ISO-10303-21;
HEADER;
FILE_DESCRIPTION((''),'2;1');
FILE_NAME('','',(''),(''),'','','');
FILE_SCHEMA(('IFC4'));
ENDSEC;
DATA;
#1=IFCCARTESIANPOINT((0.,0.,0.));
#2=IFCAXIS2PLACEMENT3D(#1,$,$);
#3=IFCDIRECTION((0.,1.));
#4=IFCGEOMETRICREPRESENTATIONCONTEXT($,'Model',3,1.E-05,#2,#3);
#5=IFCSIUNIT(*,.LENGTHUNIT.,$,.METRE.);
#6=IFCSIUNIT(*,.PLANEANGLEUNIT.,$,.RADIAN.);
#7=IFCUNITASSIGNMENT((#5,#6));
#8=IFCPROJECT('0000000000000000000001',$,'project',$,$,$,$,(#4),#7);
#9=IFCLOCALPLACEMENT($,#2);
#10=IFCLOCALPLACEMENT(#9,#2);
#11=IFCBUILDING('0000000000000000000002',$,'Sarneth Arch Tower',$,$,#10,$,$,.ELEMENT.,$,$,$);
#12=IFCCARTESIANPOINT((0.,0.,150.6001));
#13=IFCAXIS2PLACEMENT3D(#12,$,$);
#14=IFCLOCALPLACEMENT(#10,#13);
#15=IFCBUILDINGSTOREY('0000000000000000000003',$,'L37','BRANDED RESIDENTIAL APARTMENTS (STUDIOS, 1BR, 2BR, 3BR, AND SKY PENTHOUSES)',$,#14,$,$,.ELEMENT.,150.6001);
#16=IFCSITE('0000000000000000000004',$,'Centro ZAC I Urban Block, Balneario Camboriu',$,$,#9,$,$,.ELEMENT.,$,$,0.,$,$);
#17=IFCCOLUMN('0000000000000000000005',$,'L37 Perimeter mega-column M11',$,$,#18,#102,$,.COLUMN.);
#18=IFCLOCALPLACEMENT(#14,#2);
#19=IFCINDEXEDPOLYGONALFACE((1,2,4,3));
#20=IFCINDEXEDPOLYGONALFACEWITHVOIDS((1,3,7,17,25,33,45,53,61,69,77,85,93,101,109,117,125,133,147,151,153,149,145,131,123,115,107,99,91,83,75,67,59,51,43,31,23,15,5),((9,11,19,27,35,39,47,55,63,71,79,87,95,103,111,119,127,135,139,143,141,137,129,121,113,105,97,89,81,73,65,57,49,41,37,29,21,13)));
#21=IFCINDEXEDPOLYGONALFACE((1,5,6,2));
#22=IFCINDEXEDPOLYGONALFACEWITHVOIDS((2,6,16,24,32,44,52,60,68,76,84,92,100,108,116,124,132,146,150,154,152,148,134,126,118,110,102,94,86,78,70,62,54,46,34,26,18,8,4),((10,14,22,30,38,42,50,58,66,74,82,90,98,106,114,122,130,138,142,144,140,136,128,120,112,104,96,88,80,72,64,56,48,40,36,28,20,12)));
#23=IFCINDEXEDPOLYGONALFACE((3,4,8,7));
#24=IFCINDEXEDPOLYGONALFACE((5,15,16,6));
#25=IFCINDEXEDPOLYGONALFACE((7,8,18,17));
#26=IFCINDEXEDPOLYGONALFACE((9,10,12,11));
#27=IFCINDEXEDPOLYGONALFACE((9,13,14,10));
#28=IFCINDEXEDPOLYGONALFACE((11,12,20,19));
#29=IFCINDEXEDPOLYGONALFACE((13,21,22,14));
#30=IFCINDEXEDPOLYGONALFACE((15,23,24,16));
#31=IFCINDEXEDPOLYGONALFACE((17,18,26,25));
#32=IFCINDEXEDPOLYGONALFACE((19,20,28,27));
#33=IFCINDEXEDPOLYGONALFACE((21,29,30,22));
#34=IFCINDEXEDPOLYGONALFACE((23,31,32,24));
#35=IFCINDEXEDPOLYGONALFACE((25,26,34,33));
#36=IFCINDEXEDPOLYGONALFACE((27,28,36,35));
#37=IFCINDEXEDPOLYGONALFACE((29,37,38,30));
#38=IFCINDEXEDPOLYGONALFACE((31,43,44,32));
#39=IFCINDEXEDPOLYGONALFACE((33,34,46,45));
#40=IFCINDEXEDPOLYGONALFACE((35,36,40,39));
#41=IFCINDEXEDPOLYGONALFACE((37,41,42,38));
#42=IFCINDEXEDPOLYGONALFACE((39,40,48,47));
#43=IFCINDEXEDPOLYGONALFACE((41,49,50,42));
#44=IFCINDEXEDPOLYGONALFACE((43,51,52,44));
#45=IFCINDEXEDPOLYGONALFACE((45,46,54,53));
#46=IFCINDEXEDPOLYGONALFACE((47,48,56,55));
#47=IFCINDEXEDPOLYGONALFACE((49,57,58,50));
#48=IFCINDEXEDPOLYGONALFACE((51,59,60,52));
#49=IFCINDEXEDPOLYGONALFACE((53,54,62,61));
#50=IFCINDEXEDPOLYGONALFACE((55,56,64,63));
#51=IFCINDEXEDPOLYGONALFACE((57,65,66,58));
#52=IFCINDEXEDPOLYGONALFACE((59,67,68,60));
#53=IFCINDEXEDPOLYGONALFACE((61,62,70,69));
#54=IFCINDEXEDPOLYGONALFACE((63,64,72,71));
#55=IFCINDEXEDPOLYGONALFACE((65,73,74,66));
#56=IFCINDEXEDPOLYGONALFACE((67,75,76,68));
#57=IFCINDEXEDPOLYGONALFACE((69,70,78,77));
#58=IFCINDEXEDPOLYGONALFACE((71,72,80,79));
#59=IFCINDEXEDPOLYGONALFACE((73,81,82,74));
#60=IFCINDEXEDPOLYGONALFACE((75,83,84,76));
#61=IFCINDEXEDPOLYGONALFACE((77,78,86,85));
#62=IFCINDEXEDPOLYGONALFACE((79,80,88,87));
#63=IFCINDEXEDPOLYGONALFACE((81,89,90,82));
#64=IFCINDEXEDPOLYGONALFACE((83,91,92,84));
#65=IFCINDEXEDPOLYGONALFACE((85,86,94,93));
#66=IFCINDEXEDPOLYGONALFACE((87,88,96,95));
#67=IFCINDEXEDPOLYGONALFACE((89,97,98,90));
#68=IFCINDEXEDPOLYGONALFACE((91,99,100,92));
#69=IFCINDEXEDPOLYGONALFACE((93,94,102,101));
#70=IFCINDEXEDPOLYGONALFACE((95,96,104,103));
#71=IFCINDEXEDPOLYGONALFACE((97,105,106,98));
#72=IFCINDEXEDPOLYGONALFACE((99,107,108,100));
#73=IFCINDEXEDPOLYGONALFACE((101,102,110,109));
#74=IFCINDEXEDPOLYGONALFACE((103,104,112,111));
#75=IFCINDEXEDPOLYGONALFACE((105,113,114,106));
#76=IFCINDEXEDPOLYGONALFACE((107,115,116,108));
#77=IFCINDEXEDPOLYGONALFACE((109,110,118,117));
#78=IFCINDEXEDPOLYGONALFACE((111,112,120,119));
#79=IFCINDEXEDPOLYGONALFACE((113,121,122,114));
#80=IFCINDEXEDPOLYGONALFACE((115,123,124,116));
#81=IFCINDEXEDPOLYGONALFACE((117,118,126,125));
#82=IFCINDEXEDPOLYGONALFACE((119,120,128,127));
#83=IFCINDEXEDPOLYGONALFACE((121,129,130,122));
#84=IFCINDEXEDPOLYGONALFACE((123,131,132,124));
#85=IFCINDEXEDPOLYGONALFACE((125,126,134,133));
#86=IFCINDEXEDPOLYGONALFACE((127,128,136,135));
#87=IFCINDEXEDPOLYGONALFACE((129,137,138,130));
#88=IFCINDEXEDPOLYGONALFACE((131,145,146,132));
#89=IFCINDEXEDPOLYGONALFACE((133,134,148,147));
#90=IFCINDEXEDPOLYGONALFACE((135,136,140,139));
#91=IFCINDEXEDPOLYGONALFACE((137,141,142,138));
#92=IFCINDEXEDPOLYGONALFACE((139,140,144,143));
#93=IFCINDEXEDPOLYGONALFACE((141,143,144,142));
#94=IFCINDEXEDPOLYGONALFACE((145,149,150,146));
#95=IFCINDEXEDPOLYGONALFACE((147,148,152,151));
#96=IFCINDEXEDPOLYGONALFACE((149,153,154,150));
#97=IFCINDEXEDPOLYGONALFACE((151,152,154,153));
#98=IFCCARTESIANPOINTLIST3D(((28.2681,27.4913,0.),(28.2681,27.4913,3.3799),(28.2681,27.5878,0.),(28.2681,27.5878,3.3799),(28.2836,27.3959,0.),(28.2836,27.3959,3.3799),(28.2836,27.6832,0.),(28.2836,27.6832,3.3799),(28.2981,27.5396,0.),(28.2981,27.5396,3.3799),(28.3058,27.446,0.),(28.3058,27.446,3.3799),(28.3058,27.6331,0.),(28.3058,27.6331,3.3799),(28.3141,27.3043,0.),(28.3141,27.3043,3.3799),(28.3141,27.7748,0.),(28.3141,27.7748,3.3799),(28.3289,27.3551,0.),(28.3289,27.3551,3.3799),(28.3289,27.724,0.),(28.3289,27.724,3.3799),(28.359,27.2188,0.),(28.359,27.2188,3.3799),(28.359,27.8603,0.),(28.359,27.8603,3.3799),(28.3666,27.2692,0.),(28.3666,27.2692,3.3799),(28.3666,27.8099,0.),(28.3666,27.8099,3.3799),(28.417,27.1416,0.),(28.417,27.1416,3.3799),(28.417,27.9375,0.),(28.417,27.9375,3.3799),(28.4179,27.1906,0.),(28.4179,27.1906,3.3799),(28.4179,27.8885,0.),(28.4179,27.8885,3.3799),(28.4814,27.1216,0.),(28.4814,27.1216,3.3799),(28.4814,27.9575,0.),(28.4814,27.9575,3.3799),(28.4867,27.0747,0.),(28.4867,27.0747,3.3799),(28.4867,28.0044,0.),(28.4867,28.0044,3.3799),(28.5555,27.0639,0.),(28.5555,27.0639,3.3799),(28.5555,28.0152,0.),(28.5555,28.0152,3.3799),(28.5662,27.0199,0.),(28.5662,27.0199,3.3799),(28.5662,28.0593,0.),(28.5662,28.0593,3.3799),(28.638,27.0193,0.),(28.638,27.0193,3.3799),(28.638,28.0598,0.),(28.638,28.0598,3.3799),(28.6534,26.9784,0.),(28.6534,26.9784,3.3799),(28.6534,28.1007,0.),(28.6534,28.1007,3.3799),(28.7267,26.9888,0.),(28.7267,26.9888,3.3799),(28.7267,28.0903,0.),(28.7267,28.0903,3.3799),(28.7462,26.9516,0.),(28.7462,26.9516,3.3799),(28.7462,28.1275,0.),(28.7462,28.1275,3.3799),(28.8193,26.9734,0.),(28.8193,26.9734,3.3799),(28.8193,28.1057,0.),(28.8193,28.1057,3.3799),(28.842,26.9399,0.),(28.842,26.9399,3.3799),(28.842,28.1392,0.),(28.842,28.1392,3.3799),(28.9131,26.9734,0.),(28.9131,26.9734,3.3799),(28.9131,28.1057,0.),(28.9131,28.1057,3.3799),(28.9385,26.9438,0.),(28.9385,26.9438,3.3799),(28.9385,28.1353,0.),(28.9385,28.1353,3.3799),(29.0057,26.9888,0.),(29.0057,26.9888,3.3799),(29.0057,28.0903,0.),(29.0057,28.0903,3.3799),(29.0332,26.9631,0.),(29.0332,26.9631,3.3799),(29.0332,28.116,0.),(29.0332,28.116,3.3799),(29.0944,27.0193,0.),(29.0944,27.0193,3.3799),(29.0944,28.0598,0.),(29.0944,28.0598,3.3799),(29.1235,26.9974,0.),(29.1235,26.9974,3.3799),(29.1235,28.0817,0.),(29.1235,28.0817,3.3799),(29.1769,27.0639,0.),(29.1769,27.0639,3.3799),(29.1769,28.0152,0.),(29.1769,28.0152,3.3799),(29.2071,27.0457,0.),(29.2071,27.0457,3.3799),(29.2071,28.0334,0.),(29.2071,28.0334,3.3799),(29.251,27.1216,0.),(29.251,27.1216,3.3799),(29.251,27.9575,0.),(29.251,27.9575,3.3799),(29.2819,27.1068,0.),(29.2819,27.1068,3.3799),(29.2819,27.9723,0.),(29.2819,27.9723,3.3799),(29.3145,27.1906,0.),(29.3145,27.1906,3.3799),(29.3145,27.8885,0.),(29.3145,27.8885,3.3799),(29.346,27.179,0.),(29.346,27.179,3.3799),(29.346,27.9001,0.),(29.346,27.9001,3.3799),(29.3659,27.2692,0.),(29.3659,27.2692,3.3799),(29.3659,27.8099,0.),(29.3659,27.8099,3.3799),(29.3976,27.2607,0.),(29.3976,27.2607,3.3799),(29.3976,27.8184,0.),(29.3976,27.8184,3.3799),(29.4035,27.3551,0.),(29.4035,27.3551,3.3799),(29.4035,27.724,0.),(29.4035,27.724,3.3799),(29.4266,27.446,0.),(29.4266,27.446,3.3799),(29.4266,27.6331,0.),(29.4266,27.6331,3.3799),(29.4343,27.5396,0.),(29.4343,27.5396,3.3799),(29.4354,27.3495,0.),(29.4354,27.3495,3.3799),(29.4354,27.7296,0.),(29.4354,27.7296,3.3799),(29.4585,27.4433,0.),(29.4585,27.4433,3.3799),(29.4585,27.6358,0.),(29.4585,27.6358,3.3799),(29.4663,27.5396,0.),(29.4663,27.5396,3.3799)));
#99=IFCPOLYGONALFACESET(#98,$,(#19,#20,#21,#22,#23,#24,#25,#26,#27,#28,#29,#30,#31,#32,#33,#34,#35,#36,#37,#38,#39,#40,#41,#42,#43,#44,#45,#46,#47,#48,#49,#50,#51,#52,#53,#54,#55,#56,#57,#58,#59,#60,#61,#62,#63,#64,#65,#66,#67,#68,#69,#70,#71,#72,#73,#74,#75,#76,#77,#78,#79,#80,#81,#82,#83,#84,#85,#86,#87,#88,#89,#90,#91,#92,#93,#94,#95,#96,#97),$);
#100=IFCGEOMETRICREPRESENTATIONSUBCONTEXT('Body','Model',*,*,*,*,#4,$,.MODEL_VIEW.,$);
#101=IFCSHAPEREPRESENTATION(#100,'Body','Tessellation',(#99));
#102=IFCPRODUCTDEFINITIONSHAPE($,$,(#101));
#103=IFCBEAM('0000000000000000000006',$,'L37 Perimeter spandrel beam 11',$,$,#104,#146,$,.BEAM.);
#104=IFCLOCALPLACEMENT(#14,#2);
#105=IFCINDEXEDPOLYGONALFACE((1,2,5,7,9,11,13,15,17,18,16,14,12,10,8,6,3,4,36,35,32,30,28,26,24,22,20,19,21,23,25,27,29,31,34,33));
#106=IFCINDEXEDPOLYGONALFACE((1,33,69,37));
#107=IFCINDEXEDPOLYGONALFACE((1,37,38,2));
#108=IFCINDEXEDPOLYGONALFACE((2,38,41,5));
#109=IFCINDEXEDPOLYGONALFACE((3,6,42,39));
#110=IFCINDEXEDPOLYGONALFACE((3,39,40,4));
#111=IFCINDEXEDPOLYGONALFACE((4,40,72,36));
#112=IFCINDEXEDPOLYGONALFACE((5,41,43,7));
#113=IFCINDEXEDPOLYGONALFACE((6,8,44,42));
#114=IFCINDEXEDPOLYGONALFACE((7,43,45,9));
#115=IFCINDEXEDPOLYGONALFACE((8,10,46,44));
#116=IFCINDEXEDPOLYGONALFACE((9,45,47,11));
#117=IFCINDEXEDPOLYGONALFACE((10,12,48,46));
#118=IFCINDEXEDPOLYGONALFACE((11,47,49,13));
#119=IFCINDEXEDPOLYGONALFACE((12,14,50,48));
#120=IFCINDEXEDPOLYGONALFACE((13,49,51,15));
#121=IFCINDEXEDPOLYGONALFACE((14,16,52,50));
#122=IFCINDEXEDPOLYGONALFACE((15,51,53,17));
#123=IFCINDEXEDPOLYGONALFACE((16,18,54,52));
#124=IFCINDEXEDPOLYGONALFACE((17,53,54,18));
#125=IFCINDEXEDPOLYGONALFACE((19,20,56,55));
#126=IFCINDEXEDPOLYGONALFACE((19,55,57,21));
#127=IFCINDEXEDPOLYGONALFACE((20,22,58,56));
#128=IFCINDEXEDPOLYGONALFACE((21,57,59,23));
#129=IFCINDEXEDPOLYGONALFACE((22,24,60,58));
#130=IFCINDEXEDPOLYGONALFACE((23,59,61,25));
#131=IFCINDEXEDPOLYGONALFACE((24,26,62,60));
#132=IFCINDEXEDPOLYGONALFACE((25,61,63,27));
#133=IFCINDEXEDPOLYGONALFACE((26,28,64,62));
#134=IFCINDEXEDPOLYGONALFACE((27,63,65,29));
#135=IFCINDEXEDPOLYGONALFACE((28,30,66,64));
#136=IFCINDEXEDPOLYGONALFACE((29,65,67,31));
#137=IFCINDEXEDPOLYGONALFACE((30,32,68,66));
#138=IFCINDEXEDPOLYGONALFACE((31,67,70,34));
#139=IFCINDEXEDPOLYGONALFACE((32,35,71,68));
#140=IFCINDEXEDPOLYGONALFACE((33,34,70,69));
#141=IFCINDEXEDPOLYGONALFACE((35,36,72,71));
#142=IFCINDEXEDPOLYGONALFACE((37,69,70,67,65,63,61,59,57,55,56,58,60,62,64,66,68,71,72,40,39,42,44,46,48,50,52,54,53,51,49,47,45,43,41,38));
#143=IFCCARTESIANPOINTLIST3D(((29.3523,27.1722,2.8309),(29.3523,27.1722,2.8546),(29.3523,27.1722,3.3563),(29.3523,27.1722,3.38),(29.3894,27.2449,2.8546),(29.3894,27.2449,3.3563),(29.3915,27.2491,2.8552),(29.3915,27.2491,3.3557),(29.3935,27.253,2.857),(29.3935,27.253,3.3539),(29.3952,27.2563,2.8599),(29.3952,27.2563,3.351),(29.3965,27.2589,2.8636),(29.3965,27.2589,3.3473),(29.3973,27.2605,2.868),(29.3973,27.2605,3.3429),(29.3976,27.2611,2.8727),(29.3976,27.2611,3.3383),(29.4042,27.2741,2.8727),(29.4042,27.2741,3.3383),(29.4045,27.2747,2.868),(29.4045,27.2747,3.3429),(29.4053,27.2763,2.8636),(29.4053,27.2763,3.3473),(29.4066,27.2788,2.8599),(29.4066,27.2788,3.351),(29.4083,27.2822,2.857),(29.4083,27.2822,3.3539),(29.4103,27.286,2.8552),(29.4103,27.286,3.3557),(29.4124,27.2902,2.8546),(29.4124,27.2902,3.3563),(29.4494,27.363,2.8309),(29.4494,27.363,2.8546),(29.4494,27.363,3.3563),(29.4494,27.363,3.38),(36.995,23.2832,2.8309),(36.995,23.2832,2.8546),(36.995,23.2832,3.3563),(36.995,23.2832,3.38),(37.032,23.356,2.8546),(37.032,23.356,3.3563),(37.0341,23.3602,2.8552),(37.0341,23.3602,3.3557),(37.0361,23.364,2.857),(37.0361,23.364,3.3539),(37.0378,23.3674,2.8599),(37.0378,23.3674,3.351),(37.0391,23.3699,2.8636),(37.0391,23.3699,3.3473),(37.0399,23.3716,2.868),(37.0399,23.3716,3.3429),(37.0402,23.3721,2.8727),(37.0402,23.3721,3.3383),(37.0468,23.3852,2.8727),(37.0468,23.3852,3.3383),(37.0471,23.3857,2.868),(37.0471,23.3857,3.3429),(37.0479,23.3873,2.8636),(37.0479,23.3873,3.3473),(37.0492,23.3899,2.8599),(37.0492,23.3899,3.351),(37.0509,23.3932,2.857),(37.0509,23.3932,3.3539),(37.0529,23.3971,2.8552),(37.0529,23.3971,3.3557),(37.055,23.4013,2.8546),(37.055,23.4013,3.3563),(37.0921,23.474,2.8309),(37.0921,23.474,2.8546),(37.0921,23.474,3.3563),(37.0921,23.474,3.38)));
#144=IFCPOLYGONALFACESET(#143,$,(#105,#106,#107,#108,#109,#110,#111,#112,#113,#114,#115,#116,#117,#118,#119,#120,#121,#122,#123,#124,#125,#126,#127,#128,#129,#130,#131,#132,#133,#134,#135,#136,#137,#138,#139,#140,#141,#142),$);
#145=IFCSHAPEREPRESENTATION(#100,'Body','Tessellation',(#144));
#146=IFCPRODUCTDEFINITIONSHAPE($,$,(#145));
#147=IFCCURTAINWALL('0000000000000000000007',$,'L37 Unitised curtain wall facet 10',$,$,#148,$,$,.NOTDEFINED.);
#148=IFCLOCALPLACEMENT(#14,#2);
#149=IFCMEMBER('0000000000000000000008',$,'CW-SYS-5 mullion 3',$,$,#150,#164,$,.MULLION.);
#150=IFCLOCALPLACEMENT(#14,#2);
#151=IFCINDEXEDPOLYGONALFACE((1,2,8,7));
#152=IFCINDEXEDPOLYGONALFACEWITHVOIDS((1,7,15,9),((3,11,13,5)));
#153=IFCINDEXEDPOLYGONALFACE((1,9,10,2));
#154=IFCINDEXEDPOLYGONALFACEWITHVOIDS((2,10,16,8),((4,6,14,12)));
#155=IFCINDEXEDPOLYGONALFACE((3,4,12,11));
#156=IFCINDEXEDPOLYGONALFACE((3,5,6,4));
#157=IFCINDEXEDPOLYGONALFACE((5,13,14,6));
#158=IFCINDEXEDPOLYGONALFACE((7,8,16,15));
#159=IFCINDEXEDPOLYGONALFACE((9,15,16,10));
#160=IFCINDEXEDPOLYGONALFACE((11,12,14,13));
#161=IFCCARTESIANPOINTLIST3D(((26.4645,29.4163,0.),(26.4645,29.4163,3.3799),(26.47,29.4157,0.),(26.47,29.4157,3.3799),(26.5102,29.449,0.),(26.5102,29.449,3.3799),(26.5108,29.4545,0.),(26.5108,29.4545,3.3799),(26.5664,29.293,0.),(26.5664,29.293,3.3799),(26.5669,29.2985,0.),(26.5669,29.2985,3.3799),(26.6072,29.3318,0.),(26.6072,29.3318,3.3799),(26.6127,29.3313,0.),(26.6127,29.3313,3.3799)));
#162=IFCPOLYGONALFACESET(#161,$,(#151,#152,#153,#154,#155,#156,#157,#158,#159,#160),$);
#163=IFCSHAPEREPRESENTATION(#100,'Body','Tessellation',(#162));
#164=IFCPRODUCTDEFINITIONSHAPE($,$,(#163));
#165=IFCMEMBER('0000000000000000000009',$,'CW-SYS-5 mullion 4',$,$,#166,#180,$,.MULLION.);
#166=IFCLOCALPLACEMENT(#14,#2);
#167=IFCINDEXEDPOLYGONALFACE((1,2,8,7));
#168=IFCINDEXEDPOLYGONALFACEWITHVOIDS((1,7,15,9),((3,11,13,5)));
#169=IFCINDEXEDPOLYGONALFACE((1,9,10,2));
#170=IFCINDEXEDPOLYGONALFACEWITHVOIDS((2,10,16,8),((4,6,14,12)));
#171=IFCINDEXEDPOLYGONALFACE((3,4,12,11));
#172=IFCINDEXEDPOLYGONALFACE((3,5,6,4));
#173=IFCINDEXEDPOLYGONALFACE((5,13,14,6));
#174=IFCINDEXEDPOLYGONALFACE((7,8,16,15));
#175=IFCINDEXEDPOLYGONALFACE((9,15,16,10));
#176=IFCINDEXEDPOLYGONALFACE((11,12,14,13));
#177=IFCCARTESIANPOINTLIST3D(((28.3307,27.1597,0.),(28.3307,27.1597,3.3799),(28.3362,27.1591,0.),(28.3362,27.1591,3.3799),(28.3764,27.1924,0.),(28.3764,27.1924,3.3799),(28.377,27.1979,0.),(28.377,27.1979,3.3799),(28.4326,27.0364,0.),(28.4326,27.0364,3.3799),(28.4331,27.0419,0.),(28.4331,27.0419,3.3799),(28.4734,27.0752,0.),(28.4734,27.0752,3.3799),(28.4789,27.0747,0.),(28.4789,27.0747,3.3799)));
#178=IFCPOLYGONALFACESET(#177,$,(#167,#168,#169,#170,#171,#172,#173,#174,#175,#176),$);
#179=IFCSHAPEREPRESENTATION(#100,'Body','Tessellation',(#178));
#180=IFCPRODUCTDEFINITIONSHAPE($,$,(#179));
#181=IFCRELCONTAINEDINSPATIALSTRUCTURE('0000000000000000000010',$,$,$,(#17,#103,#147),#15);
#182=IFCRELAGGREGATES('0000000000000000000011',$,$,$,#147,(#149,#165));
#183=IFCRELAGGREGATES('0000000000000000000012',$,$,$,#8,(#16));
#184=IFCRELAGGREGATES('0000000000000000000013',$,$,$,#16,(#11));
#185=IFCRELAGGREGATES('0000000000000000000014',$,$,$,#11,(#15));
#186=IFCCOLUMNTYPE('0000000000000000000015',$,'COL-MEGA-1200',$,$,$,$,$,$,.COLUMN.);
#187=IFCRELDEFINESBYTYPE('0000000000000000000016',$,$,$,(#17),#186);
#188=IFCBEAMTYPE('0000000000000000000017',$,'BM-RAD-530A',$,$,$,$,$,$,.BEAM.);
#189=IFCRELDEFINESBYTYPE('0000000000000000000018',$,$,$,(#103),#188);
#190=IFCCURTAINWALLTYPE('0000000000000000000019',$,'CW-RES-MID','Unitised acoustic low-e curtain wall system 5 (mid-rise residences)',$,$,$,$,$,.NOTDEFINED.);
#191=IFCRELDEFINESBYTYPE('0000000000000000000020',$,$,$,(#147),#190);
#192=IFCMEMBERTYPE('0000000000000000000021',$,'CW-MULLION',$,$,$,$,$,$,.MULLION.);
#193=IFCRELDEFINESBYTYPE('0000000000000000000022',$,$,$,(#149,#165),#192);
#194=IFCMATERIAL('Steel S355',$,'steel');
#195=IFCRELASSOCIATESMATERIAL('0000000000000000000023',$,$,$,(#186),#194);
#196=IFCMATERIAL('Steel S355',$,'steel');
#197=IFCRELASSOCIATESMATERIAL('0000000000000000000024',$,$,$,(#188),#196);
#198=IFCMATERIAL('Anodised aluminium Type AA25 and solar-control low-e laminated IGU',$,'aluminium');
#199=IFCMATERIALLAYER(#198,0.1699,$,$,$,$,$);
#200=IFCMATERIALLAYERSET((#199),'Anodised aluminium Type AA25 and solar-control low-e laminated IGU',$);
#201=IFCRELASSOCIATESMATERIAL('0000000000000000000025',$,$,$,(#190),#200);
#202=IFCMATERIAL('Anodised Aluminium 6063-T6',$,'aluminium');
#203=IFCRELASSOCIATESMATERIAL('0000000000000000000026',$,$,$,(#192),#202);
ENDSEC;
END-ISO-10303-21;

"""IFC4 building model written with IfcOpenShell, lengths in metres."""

from ifc_helpers import new_model, si_unit, direction, frame, origin, origin_2d, place, context, subcontext, project, spatial, hollow_rectangle, hollow_circle, i_section, extrude, material, layer, layer_set, material_profile, profile_set, type_object, element, aggregate, save


model = new_model("IFC4")

# Units and contexts
model_context = context("Model", 3, precision=1e-05, world=origin(), true_north=direction((0.0, 1.0)))
body_context = subcontext(model_context, "Body", "Model", "MODEL_VIEW")
ifc_project = project(units=[si_unit("LENGTHUNIT", "METRE"), si_unit("PLANEANGLEUNIT", "RADIAN")], contexts=[model_context])

# Site, building, storey
site_placement = place(None, origin())
site = spatial("IfcSite", under=ifc_project, at=site_placement, Name="Centro ZAC I Urban Block, Balneario Camboriu", CompositionType="ELEMENT", RefElevation=0.0)
building_placement = place(site_placement, origin())
building = spatial("IfcBuilding", under=site, at=building_placement, Name="Sarneth Arch Tower", CompositionType="ELEMENT")
storey_placement = place(building_placement, frame((0.0, 0.0, 150.6001)))
storey = spatial("IfcBuildingStorey", under=building, at=storey_placement, Name="L37", Description="BRANDED RESIDENTIAL APARTMENTS (STUDIOS, 1BR, 2BR, 3BR, AND SKY PENTHOUSES)", CompositionType="ELEMENT", Elevation=150.6001)

# Column
ifc_material_1 = material(Name="Steel S355", Category="steel")
ifc_material_profile_1 = material_profile(ifc_material_1, hollow_circle(Radius=0.6001, WallThickness=0.032, at=origin_2d()), Name="CHS1200x32")
ifc_profile_set_1 = profile_set([ifc_material_profile_1], Name="Steel S355")
column_type = type_object("IfcColumnType", Name="COL-MEGA-1200", PredefinedType="COLUMN", material=ifc_profile_set_1)
column_placement = place(storey_placement, frame((28.8662, 27.5396, 0.0), z_axis=(0.0, 0.0, 1.0), x_axis=(1.0, 0.0, 0.0)))
element("IfcColumn", 1, at=column_placement, inside=storey, type_object=column_type, Name="L37 Perimeter mega-column M11", PredefinedType="COLUMN", context=body_context, shape_type="SweptSolid", body=[
    extrude(hollow_circle(Radius=0.6001, WallThickness=0.032, at=origin_2d()), origin(), (0.0, 0.0, 1.0), 3.3799),
])

# Beam
ifc_material_2 = material(Name="Steel S355", Category="steel")
ifc_material_profile_2 = material_profile(ifc_material_2, i_section(OverallWidth=0.2141, OverallDepth=0.5491, WebThickness=0.0146, FlangeThickness=0.0237, FilletRadius=0.0181, at=origin_2d()), Name="W530x138")
ifc_profile_set_2 = profile_set([ifc_material_profile_2], Name="Steel S355")
beam_type = type_object("IfcBeamType", Name="BM-RAD-530A", PredefinedType="BEAM", material=ifc_profile_set_2)
beam_placement = place(storey_placement, frame((29.4009, 27.2676, 3.1055), z_axis=(0.89125, -0.453512, 0.0), x_axis=(0.453512, 0.89125, 0.0)))
element("IfcBeam", 2, at=beam_placement, inside=storey, type_object=beam_type, Name="L37 Perimeter spandrel beam 11", PredefinedType="BEAM", context=body_context, shape_type="SweptSolid", body=[
    extrude(i_section(OverallWidth=0.2141, OverallDepth=0.5491, WebThickness=0.0146, FlangeThickness=0.0237, FilletRadius=0.0181, at=origin_2d()), origin(), (0.0, 0.0, 1.0), 8.5752),
])

# Curtain wall, members
ifc_material_3 = material(Name="Anodised aluminium Type AA25 and solar-control low-e laminated IGU", Category="aluminium")
ifc_layer_1 = layer(ifc_material_3, 0.1699)
ifc_layer_set_1 = layer_set([ifc_layer_1], Name="Anodised aluminium Type AA25 and solar-control low-e laminated IGU")
curtain_wall_type = type_object("IfcCurtainWallType", Name="CW-RES-MID", Description="Unitised acoustic low-e curtain wall system 5 (mid-rise residences)", PredefinedType="NOTDEFINED", material=ifc_layer_set_1)
curtain_wall_placement = place(storey_placement, origin())
curtain_wall = element("IfcCurtainWall", 3, at=curtain_wall_placement, inside=storey, type_object=curtain_wall_type, Name="L37 Unitised curtain wall facet 10", PredefinedType="NOTDEFINED")
ifc_material_4 = material(Name="Anodised Aluminium 6063-T6", Category="aluminium")
ifc_material_profile_3 = material_profile(ifc_material_4, hollow_rectangle(XDim=0.0601, YDim=0.1599, WallThickness=0.0039, at=origin_2d()), Name="AL-MULL-160x60x4")
ifc_profile_set_3 = profile_set([ifc_material_profile_3], Name="Anodised Aluminium 6063-T6")
member_type_1 = type_object("IfcMemberType", Name="CW-MULLION", PredefinedType="MULLION", material=ifc_profile_set_3)
member_1_placement = place(storey_placement, frame((26.5386, 29.3738, 0.0), z_axis=(0.0, 0.0, 1.0), x_axis=(0.770591, 0.63733, 0.0)))
member_1 = element("IfcMember", 4, at=member_1_placement, type_object=member_type_1, Name="CW-SYS-5 mullion 3", PredefinedType="MULLION", context=body_context, shape_type="SweptSolid", body=[
    extrude(hollow_rectangle(XDim=0.0601, YDim=0.1599, WallThickness=0.0039, at=origin_2d()), origin(), (0.0, 0.0, 1.0), 3.3799),
])
member_2_placement = place(storey_placement, frame((28.4048, 27.1172, 0.0), z_axis=(0.0, 0.0, 1.0), x_axis=(0.770591, 0.63733, 0.0)))
member_2 = element("IfcMember", 5, at=member_2_placement, type_object=member_type_1, Name="CW-SYS-5 mullion 4", PredefinedType="MULLION", context=body_context, shape_type="SweptSolid", body=[
    extrude(hollow_rectangle(XDim=0.0601, YDim=0.1599, WallThickness=0.0039, at=origin_2d()), origin(), (0.0, 0.0, 1.0), 3.3799),
])

aggregate(curtain_wall, [member_1, member_2])

save(model, "model.ifc")
